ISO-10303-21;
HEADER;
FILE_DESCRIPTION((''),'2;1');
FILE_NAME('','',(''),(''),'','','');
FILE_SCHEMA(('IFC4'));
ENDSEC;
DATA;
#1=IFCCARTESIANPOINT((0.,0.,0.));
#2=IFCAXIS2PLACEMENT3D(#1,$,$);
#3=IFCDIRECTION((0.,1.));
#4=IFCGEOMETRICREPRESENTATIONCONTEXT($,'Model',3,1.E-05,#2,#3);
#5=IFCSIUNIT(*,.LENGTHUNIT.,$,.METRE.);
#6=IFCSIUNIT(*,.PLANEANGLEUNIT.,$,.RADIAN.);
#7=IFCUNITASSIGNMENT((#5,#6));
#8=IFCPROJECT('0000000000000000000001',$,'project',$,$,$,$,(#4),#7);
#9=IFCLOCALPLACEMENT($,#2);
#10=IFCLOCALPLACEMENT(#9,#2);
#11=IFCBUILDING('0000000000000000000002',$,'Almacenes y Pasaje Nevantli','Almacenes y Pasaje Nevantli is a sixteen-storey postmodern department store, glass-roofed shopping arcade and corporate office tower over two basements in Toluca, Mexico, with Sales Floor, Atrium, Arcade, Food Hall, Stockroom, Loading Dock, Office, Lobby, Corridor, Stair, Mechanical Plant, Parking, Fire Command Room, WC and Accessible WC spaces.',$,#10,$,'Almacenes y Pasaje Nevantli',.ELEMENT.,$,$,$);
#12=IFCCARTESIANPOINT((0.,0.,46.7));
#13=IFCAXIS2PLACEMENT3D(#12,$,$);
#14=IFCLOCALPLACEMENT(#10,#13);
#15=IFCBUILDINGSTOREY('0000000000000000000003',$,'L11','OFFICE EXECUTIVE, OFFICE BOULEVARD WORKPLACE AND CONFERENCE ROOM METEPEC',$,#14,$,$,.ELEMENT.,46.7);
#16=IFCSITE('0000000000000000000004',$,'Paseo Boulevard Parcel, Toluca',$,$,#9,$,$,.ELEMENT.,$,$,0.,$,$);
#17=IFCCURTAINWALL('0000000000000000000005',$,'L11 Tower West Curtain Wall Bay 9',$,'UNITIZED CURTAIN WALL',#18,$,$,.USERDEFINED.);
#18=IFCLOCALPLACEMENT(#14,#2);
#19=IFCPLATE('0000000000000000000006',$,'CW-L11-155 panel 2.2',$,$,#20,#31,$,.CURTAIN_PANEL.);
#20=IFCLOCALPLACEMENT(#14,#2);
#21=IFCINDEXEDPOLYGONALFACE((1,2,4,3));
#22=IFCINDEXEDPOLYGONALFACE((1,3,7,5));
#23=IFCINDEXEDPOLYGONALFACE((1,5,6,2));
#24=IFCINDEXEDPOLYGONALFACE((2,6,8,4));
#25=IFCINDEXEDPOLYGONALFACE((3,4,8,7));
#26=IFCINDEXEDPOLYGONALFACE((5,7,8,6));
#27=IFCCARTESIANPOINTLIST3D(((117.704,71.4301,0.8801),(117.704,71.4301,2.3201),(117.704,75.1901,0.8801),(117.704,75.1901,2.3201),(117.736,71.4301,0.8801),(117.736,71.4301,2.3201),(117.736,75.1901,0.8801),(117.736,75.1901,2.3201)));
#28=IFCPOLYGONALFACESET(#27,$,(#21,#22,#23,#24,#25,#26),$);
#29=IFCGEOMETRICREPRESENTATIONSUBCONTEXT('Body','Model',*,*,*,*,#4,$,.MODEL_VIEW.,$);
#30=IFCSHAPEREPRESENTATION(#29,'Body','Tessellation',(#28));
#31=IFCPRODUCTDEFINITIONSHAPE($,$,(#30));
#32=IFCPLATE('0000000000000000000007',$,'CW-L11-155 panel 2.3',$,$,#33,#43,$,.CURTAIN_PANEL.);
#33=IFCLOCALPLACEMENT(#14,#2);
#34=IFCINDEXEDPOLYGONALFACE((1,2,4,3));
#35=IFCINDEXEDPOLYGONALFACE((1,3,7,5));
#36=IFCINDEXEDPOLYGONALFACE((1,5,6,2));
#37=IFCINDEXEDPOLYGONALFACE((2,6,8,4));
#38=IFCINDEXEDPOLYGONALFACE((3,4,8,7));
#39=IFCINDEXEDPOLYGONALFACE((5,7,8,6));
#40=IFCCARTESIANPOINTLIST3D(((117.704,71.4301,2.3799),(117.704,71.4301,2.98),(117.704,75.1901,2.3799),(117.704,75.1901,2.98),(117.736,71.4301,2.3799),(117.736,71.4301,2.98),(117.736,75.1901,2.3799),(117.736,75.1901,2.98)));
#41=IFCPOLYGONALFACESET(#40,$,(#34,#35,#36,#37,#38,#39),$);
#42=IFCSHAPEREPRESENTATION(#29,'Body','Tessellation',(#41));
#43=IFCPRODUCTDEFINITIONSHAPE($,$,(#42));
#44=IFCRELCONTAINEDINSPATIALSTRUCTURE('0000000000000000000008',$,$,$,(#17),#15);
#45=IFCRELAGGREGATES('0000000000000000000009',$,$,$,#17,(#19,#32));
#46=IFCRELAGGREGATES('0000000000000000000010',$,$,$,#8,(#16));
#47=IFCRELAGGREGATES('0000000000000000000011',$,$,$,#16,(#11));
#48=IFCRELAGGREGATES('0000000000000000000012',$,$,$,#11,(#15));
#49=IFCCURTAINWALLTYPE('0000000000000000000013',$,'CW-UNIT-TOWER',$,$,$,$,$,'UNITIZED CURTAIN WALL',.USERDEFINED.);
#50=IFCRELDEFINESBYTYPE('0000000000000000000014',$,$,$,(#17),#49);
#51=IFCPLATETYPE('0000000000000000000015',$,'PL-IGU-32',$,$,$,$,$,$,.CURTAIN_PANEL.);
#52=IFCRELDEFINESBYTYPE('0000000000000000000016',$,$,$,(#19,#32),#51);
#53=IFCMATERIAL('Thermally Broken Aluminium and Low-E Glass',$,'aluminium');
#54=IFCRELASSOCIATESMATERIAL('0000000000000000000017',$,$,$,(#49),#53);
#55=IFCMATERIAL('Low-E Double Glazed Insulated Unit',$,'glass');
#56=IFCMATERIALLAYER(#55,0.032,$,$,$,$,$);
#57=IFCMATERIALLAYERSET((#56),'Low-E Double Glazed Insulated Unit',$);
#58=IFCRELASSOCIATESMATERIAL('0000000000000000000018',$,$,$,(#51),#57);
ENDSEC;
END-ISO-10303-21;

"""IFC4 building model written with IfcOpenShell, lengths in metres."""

from ifc_helpers import new_model, si_unit, direction, frame, origin, origin_2d, place, context, subcontext, project, spatial, rectangle, extrude, material, layer, layer_set, type_object, element, aggregate, save


model = new_model("IFC4")

# Units and contexts
model_context = context("Model", 3, precision=1e-05, world=origin(), true_north=direction((0.0, 1.0)))
body_context = subcontext(model_context, "Body", "Model", "MODEL_VIEW")
ifc_project = project(units=[si_unit("LENGTHUNIT", "METRE"), si_unit("PLANEANGLEUNIT", "RADIAN")], contexts=[model_context])

# Site, building, storey
site_placement = place(None, origin())
site = spatial("IfcSite", under=ifc_project, at=site_placement, Name="Paseo Boulevard Parcel, Toluca", CompositionType="ELEMENT", RefElevation=0.0)
building_placement = place(site_placement, origin())
building = spatial("IfcBuilding", under=site, at=building_placement, Name="Almacenes y Pasaje Nevantli", Description="Almacenes y Pasaje Nevantli is a sixteen-storey postmodern department store, glass-roofed shopping arcade and corporate office tower over two basements in Toluca, Mexico, with Sales Floor, Atrium, Arcade, Food Hall, Stockroom, Loading Dock, Office, Lobby, Corridor, Stair, Mechanical Plant, Parking, Fire Command Room, WC and Accessible WC spaces.", LongName="Almacenes y Pasaje Nevantli", CompositionType="ELEMENT")
storey_placement = place(building_placement, frame((0.0, 0.0, 46.7)))
storey = spatial("IfcBuildingStorey", under=building, at=storey_placement, Name="L11", Description="OFFICE EXECUTIVE, OFFICE BOULEVARD WORKPLACE AND CONFERENCE ROOM METEPEC", CompositionType="ELEMENT", Elevation=46.7)

# Curtain wall
ifc_material_1 = material(Name="Thermally Broken Aluminium and Low-E Glass", Category="aluminium")
curtain_wall_type = type_object("IfcCurtainWallType", Name="CW-UNIT-TOWER", ElementType="UNITIZED CURTAIN WALL", PredefinedType="USERDEFINED", material=ifc_material_1)
curtain_wall_1_placement = place(storey_placement, origin())
curtain_wall_1 = element("IfcCurtainWall", 1, at=curtain_wall_1_placement, inside=storey, type_object=curtain_wall_type, Name="L11 Tower West Curtain Wall Bay 9", ObjectType="UNITIZED CURTAIN WALL", PredefinedType="USERDEFINED")

# Plates
ifc_material_2 = material(Name="Low-E Double Glazed Insulated Unit", Category="glass")
ifc_layer = layer(ifc_material_2, 0.032)
ifc_layer_set = layer_set([ifc_layer], Name="Low-E Double Glazed Insulated Unit")
plate_type = type_object("IfcPlateType", Name="PL-IGU-32", PredefinedType="CURTAIN_PANEL", material=ifc_layer_set)
plate_1_placement = place(storey_placement, frame((117.72, 73.3101, 0.8801), z_axis=(0.0, 0.0, 1.0), x_axis=(0.0, 1.0, 0.0)))
plate_1 = element("IfcPlate", 2, at=plate_1_placement, type_object=plate_type, Name="CW-L11-155 panel 2.2", PredefinedType="CURTAIN_PANEL", context=body_context, shape_type="SweptSolid", body=[
    extrude(rectangle(XDim=3.76, YDim=0.032, at=origin_2d()), origin(), (0.0, 0.0, 1.0), 1.4399),
])
plate_2_placement = place(storey_placement, frame((117.72, 73.3101, 2.3799), z_axis=(0.0, 0.0, 1.0), x_axis=(0.0, 1.0, 0.0)))
plate_2 = element("IfcPlate", 3, at=plate_2_placement, type_object=plate_type, Name="CW-L11-155 panel 2.3", PredefinedType="CURTAIN_PANEL", context=body_context, shape_type="SweptSolid", body=[
    extrude(rectangle(XDim=3.76, YDim=0.032, at=origin_2d()), origin(), (0.0, 0.0, 1.0), 0.6001),
])
aggregate(curtain_wall_1, [plate_1, plate_2])

save(model, "model.ifc")
